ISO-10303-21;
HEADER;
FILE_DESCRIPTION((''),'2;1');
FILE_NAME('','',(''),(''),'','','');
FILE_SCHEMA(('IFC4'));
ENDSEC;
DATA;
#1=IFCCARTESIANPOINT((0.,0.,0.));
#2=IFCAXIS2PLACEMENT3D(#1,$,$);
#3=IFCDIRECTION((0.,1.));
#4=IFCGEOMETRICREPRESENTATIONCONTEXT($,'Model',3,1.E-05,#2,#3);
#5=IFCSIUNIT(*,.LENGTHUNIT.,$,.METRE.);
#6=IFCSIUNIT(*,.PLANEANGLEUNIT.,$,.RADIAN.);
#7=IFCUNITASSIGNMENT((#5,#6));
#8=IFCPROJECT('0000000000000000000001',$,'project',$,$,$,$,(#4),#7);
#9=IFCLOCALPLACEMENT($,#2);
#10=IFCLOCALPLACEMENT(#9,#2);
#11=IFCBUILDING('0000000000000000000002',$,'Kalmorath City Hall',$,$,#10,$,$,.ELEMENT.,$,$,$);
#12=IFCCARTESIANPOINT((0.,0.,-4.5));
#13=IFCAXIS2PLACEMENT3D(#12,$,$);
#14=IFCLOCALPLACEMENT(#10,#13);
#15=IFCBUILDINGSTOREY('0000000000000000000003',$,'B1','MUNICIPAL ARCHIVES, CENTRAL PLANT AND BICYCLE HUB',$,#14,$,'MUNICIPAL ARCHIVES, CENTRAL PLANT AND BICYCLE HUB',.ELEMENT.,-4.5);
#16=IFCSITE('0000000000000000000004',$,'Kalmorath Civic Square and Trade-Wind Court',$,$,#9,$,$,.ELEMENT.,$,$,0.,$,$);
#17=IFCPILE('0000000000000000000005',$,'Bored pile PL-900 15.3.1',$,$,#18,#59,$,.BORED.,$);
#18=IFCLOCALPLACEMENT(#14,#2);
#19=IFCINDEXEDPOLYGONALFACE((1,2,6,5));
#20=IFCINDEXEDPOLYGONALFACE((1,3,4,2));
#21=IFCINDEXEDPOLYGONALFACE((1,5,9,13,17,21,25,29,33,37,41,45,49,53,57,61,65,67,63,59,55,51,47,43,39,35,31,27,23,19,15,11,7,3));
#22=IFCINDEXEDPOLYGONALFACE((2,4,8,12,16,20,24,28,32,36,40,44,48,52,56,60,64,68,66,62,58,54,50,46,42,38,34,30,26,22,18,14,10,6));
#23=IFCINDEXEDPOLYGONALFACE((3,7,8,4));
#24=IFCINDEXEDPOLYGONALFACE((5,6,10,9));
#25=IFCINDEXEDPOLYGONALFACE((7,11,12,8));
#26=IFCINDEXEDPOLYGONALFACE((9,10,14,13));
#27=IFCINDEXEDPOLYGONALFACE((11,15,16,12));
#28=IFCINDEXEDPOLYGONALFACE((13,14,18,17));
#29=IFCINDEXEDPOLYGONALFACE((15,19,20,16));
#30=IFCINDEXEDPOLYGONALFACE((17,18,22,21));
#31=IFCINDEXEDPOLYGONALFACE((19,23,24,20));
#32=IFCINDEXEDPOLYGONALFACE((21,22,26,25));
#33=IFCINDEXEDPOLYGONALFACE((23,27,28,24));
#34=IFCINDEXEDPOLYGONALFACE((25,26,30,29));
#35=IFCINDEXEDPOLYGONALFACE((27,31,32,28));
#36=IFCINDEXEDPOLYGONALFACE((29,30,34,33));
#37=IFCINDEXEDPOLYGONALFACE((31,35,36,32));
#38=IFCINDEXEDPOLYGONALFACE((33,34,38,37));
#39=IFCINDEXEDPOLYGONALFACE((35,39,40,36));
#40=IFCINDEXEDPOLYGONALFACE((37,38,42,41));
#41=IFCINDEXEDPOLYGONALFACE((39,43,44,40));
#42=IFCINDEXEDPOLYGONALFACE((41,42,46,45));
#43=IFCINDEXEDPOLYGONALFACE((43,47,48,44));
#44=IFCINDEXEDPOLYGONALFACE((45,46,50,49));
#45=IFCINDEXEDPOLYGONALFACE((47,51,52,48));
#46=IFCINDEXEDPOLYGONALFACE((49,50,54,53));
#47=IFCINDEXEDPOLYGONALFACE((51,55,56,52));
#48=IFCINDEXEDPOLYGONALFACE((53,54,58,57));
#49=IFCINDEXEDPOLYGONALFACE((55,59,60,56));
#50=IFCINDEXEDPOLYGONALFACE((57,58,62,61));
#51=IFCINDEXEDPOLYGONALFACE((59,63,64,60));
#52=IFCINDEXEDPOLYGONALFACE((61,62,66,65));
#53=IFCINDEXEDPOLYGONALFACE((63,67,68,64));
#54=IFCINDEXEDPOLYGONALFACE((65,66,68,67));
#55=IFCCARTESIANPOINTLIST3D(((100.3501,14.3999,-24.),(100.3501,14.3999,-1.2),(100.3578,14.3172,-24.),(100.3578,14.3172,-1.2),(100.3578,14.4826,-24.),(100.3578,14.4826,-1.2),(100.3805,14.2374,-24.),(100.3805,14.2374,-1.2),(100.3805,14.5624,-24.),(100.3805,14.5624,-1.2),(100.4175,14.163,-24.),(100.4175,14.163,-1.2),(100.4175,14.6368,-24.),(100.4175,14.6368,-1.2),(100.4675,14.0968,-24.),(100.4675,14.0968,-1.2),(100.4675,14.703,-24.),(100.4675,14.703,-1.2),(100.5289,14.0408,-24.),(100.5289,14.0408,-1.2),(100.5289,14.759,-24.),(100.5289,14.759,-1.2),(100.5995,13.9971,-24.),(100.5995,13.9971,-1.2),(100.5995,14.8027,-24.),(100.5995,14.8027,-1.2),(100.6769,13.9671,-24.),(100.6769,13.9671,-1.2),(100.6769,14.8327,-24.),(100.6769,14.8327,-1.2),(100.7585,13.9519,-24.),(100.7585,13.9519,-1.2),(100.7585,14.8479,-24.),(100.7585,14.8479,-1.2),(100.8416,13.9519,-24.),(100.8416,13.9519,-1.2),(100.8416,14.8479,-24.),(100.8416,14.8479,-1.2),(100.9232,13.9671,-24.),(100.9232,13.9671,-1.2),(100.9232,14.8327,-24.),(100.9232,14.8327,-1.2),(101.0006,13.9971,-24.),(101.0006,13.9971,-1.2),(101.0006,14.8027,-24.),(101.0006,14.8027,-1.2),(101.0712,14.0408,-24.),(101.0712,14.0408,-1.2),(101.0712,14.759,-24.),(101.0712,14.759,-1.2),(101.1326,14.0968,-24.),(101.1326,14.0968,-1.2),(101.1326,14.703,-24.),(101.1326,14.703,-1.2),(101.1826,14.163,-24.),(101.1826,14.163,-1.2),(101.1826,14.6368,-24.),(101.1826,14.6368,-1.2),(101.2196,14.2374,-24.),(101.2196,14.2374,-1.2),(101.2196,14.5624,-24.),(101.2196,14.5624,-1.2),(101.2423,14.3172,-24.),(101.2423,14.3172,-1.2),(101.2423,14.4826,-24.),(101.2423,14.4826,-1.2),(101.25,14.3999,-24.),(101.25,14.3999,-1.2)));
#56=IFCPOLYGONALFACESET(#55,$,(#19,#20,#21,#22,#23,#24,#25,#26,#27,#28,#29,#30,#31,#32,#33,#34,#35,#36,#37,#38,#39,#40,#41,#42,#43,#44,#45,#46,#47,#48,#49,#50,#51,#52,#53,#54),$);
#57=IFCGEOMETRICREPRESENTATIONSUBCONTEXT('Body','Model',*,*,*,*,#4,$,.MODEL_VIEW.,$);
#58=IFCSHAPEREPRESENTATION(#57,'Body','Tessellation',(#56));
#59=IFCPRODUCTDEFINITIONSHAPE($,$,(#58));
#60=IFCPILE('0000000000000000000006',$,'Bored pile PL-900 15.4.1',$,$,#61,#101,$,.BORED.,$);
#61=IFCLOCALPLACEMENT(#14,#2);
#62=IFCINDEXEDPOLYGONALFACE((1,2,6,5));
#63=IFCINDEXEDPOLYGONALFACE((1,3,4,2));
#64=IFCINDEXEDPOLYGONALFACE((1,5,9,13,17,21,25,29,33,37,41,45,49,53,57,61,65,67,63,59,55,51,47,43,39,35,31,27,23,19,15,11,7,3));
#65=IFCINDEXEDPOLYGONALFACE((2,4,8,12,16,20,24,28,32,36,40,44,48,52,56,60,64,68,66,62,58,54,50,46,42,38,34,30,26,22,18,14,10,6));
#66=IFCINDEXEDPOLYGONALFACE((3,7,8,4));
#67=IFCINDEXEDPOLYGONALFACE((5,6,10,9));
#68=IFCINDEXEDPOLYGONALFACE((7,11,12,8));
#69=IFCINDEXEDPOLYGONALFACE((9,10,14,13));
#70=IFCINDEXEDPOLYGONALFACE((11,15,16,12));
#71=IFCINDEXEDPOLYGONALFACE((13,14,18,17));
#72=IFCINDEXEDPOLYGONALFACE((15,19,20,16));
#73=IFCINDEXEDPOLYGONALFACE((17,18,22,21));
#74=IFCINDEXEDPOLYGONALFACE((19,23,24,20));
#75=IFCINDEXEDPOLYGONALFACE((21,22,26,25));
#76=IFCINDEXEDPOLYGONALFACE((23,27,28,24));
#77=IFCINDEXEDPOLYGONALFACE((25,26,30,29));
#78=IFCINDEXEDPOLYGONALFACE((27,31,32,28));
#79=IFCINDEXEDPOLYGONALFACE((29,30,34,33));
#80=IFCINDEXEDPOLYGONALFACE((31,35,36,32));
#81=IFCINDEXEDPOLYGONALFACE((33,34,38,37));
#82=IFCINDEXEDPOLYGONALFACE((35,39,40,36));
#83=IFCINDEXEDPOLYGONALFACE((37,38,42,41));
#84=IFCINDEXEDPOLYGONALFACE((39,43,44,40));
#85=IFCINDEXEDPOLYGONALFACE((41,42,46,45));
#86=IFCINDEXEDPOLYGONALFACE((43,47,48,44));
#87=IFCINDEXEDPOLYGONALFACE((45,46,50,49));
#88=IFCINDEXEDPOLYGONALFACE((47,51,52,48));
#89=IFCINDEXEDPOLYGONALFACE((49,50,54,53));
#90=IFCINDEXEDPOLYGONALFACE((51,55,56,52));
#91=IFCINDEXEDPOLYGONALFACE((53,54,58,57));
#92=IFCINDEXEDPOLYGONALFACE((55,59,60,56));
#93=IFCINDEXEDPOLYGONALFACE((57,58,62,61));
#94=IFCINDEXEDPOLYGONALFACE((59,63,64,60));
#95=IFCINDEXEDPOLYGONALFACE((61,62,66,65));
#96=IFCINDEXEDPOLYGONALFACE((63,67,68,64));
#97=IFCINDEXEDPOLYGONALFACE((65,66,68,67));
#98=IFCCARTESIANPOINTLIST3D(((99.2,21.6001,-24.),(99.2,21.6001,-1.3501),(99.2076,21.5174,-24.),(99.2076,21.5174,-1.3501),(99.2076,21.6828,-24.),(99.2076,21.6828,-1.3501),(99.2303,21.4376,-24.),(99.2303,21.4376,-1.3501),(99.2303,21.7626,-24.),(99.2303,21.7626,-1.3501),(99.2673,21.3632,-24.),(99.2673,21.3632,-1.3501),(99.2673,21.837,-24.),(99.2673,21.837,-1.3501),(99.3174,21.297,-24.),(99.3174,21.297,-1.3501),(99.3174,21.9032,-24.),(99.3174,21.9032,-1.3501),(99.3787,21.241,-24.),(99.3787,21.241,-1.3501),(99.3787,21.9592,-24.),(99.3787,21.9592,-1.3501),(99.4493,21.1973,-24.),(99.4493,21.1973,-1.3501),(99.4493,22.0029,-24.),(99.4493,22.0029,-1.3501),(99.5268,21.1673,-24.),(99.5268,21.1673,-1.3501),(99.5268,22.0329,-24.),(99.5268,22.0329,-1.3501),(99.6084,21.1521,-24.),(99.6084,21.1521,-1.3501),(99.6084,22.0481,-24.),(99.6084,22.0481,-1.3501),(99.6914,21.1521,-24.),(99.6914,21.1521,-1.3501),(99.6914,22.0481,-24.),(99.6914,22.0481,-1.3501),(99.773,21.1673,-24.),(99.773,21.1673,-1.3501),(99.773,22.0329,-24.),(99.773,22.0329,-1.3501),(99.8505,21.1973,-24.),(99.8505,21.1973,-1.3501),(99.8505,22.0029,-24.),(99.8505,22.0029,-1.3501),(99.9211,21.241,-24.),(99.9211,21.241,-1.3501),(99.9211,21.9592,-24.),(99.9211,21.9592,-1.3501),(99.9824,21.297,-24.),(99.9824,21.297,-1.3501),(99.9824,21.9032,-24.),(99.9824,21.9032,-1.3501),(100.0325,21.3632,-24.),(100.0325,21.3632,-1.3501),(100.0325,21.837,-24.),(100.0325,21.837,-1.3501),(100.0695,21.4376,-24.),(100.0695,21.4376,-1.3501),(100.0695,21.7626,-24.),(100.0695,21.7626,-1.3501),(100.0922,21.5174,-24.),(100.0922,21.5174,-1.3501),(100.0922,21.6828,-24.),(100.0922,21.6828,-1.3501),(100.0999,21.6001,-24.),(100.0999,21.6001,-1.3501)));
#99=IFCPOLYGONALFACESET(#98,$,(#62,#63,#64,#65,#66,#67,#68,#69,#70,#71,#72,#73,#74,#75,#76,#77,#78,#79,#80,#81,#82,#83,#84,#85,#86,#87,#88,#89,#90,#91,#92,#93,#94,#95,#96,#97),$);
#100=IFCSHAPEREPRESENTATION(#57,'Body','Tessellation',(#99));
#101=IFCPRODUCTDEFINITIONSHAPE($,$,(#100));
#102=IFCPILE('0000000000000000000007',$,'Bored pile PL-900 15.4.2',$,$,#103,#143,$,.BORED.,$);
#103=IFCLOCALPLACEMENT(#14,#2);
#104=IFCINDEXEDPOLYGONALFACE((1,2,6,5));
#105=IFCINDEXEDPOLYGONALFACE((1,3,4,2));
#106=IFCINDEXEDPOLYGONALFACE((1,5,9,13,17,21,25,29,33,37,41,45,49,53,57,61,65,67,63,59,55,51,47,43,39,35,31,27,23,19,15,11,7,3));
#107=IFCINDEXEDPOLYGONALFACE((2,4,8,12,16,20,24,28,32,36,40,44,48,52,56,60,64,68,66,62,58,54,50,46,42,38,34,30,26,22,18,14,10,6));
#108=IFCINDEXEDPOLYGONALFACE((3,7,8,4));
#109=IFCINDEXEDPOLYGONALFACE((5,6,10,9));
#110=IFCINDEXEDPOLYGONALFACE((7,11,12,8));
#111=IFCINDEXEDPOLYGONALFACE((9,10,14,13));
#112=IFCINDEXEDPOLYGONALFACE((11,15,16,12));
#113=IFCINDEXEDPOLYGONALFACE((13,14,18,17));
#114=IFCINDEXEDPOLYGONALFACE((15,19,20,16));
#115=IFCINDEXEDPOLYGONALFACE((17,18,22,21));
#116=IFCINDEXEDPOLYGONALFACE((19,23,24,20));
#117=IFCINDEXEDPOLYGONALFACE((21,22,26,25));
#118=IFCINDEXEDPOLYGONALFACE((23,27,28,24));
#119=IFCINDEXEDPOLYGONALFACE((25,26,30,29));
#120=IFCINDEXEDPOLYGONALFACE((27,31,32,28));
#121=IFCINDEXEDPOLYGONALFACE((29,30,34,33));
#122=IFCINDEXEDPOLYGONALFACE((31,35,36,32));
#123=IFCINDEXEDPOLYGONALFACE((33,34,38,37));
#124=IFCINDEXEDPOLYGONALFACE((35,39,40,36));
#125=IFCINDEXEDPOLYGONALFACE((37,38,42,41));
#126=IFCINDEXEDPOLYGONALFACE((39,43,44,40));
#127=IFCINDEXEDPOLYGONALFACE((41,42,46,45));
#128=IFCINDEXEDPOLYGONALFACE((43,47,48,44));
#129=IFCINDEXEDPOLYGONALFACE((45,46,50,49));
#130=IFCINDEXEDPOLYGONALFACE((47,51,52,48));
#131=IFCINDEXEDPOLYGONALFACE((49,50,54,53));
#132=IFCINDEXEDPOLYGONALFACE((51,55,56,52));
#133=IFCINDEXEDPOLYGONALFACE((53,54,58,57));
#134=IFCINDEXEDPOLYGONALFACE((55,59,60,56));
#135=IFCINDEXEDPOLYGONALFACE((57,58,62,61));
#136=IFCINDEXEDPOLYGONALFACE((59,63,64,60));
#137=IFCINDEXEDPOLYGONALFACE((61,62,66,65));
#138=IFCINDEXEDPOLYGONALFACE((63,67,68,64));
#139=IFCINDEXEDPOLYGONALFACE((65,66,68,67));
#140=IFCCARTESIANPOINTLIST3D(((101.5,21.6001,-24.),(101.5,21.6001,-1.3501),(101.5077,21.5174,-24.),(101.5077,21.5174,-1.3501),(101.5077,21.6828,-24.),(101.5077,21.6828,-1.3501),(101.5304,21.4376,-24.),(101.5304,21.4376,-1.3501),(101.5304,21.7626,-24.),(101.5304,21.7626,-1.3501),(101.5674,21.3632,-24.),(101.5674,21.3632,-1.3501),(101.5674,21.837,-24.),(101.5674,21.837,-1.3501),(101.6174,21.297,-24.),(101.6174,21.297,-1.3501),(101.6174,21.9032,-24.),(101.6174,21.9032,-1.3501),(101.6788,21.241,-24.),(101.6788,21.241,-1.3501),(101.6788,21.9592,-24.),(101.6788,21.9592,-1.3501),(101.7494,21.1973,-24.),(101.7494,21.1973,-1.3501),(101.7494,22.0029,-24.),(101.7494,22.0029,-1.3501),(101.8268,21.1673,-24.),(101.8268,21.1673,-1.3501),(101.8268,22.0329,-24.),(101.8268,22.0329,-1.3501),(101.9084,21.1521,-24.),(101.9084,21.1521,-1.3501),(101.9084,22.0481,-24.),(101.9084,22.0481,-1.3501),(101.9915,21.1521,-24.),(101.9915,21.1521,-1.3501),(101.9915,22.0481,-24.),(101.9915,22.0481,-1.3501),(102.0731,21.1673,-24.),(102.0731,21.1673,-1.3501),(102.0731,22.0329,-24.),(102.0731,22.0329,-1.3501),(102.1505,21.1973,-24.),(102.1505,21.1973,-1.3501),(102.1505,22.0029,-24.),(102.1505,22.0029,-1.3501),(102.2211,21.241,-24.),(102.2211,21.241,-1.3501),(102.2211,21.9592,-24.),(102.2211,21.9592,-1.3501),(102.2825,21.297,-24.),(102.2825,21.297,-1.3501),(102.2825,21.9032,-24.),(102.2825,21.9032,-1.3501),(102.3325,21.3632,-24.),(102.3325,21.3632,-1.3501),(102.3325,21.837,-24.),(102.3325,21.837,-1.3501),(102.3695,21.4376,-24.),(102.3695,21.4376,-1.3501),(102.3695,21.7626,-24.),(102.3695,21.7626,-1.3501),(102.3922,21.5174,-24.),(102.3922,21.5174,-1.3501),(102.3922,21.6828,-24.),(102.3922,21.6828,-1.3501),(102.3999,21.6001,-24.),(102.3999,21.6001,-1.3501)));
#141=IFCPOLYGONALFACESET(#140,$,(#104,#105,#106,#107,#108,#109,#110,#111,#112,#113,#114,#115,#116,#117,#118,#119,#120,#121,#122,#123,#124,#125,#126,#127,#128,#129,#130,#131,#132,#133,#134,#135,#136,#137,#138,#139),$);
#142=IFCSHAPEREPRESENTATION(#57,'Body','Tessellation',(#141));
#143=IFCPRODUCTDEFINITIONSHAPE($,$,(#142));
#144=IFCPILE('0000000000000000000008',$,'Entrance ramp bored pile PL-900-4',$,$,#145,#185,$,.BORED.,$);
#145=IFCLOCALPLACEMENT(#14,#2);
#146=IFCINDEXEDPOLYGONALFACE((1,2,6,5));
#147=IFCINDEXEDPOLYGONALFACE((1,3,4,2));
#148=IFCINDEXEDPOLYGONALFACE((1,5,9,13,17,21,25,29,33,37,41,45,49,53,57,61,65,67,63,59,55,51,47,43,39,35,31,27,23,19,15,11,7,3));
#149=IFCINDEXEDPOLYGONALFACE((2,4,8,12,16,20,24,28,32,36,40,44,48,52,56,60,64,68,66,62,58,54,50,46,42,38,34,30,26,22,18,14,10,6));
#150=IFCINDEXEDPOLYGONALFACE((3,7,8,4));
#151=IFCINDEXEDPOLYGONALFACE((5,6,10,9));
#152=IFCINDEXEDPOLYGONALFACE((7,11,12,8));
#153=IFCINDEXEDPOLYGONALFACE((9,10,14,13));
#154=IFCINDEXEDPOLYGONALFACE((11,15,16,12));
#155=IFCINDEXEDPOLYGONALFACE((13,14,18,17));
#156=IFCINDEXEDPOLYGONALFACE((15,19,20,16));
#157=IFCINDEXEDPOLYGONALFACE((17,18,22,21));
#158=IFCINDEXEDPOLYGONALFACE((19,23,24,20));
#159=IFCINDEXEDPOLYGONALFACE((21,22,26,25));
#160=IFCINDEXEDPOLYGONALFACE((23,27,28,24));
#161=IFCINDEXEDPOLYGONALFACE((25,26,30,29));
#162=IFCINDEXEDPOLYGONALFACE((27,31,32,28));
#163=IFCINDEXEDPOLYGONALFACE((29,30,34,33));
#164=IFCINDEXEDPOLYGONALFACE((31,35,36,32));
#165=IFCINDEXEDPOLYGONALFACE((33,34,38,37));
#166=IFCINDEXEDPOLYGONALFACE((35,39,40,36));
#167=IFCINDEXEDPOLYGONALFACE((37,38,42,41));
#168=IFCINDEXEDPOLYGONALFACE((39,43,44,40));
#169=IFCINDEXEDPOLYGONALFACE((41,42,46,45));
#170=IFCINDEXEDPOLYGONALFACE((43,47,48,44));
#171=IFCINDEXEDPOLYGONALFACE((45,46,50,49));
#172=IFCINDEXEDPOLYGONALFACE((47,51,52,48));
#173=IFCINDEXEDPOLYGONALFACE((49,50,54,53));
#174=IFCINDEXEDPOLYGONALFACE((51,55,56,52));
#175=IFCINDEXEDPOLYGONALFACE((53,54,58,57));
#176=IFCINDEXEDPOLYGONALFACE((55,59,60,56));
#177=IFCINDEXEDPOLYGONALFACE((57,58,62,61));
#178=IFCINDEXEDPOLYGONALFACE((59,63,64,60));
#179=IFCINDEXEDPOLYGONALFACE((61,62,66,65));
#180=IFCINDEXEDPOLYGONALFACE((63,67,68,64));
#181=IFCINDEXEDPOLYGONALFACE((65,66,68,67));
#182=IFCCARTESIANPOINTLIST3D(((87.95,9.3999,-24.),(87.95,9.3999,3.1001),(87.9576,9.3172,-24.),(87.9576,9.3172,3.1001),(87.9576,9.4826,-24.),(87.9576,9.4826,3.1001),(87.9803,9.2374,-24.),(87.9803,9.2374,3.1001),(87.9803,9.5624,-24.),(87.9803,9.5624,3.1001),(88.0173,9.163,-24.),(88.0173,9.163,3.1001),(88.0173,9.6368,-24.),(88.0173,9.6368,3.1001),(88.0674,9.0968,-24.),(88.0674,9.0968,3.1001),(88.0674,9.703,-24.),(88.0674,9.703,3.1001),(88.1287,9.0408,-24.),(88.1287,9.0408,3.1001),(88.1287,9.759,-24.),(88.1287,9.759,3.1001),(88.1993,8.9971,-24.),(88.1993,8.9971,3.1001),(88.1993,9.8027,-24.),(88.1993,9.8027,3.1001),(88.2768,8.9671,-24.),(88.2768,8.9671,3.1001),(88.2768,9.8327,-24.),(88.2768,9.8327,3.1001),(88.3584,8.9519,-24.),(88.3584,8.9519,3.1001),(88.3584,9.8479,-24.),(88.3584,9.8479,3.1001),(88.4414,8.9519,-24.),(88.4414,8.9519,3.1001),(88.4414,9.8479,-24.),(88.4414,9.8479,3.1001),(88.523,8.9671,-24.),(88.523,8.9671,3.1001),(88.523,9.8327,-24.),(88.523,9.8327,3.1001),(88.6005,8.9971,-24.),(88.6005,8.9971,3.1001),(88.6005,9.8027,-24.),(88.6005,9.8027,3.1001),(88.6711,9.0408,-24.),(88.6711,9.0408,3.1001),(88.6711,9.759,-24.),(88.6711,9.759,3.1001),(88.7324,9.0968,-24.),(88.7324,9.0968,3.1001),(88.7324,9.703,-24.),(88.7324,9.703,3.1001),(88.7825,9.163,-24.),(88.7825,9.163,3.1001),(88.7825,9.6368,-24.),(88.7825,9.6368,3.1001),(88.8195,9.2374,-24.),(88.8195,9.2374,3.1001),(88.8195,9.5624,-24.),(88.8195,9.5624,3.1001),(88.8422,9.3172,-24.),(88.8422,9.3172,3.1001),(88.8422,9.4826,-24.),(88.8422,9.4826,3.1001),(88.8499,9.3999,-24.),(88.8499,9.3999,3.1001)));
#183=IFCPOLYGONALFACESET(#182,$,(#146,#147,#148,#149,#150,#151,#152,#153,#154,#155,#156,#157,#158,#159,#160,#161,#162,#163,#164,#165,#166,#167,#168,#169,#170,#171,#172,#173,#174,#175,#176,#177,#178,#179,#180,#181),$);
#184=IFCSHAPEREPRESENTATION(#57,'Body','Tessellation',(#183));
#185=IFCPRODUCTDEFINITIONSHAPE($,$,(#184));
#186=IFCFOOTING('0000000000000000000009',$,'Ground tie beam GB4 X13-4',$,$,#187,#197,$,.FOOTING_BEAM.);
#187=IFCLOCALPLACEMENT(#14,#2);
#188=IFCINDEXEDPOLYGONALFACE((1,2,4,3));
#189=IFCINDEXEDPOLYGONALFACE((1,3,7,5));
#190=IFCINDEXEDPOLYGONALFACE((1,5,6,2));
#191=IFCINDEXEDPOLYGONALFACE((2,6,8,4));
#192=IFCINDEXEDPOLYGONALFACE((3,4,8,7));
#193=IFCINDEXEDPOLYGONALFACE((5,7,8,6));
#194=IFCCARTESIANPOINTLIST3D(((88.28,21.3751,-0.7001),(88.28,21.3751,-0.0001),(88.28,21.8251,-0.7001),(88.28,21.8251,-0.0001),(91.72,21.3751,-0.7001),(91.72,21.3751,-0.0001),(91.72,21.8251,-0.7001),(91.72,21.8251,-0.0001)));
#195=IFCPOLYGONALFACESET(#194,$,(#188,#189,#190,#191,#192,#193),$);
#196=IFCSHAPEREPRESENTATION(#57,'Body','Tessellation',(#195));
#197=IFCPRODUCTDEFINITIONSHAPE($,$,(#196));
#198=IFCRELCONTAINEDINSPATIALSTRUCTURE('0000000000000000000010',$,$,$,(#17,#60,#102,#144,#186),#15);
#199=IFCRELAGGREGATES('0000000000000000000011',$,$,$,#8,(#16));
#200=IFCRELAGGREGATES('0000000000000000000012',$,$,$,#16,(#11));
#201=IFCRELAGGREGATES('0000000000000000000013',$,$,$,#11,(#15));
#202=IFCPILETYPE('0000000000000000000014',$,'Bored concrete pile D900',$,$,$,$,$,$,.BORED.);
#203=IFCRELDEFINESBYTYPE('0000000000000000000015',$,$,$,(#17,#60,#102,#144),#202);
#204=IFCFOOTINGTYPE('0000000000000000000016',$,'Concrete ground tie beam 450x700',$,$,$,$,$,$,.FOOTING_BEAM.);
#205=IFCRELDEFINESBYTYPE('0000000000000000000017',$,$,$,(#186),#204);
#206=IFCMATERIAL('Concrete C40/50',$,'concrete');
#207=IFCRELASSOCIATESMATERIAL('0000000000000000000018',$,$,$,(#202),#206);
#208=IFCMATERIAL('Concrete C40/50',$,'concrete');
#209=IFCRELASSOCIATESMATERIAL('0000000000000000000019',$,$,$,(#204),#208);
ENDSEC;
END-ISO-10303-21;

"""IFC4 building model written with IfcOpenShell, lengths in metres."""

from ifc_helpers import new_model, si_unit, direction, frame, origin, origin_2d, place, context, subcontext, project, spatial, rectangle, circle, extrude, material, material_profile, profile_set, type_object, element, save


model = new_model("IFC4")

# Units and contexts
model_context = context("Model", 3, precision=1e-05, world=origin(), true_north=direction((0.0, 1.0)))
body_context = subcontext(model_context, "Body", "Model", "MODEL_VIEW")
ifc_project = project(units=[si_unit("LENGTHUNIT", "METRE"), si_unit("PLANEANGLEUNIT", "RADIAN")], contexts=[model_context])

# Site, building, storey
site_placement = place(None, origin())
site = spatial("IfcSite", under=ifc_project, at=site_placement, Name="Kalmorath Civic Square and Trade-Wind Court", CompositionType="ELEMENT", RefElevation=0.0)
building_placement = place(site_placement, origin())
building = spatial("IfcBuilding", under=site, at=building_placement, Name="Kalmorath City Hall", CompositionType="ELEMENT")
storey_placement = place(building_placement, frame((0.0, 0.0, -4.5)))
storey = spatial("IfcBuildingStorey", under=building, at=storey_placement, Name="B1", Description="MUNICIPAL ARCHIVES, CENTRAL PLANT AND BICYCLE HUB", LongName="MUNICIPAL ARCHIVES, CENTRAL PLANT AND BICYCLE HUB", CompositionType="ELEMENT", Elevation=-4.5)

# Piles
ifc_material_1 = material(Name="Concrete C40/50", Category="concrete")
ifc_material_profile_1 = material_profile(ifc_material_1, circle(Radius=0.45, at=origin_2d()), Name="PILE-D900")
ifc_profile_set_1 = profile_set([ifc_material_profile_1], Name="Concrete C40/50")
pile_type = type_object("IfcPileType", Name="Bored concrete pile D900", PredefinedType="BORED", material=ifc_profile_set_1)
pile_1_placement = place(storey_placement, frame((100.8, 14.3999, -1.2), z_axis=(0.0, 0.0, -1.0), x_axis=(1.0, 0.0, 0.0)))
element("IfcPile", 1, at=pile_1_placement, inside=storey, type_object=pile_type, Name="Bored pile PL-900 15.3.1", PredefinedType="BORED", context=body_context, shape_type="SweptSolid", body=[
    extrude(circle(Radius=0.45, at=origin_2d()), origin(), (0.0, 0.0, 1.0), 22.8),
])
for number, where, z_axis, x_axis, name in (
    (2, (99.6499, 21.6001, -1.3501), (0.0, 0.0, -1.0), (1.0, 0.0, 0.0), "Bored pile PL-900 15.4.1"),
    (3, (101.95, 21.6001, -1.3501), (0.0, 0.0, -1.0), (1.0, 0.0, 0.0), "Bored pile PL-900 15.4.2"),
):
    element("IfcPile", number, at=place(storey_placement, frame(where, z_axis=z_axis, x_axis=x_axis)), inside=storey, type_object=pile_type, Name=name, PredefinedType="BORED", context=body_context, shape_type="SweptSolid", body=[
        extrude(circle(Radius=0.45, at=origin_2d()), origin(), (0.0, 0.0, 1.0), 22.6499),
    ])
pile_2_placement = place(storey_placement, frame((88.3999, 9.3999, 3.1001), z_axis=(0.0, 0.0, -1.0), x_axis=(1.0, 0.0, 0.0)))
element("IfcPile", 4, at=pile_2_placement, inside=storey, type_object=pile_type, Name="Entrance ramp bored pile PL-900-4", PredefinedType="BORED", context=body_context, shape_type="SweptSolid", body=[
    extrude(circle(Radius=0.45, at=origin_2d()), origin(), (0.0, 0.0, 1.0), 27.1001),
])

# Footing
ifc_material_2 = material(Name="Concrete C40/50", Category="concrete")
ifc_material_profile_2 = material_profile(ifc_material_2, rectangle(XDim=0.45, YDim=0.7, at=origin_2d()), Name="RC-BM-450X700")
ifc_profile_set_2 = profile_set([ifc_material_profile_2], Name="Concrete C40/50")
footing_type_1 = type_object("IfcFootingType", Name="Concrete ground tie beam 450x700", PredefinedType="FOOTING_BEAM", material=ifc_profile_set_2)
footing_1_placement = place(storey_placement, frame((88.28, 21.6001, -0.3501), z_axis=(1.0, 0.0, 0.0), x_axis=(0.0, 1.0, 0.0)))
element("IfcFooting", 5, at=footing_1_placement, inside=storey, type_object=footing_type_1, Name="Ground tie beam GB4 X13-4", PredefinedType="FOOTING_BEAM", context=body_context, shape_type="SweptSolid", body=[
    extrude(rectangle(XDim=0.45, YDim=0.7, at=origin_2d()), origin(), (0.0, 0.0, 1.0), 3.4399),
])

save(model, "model.ifc")
